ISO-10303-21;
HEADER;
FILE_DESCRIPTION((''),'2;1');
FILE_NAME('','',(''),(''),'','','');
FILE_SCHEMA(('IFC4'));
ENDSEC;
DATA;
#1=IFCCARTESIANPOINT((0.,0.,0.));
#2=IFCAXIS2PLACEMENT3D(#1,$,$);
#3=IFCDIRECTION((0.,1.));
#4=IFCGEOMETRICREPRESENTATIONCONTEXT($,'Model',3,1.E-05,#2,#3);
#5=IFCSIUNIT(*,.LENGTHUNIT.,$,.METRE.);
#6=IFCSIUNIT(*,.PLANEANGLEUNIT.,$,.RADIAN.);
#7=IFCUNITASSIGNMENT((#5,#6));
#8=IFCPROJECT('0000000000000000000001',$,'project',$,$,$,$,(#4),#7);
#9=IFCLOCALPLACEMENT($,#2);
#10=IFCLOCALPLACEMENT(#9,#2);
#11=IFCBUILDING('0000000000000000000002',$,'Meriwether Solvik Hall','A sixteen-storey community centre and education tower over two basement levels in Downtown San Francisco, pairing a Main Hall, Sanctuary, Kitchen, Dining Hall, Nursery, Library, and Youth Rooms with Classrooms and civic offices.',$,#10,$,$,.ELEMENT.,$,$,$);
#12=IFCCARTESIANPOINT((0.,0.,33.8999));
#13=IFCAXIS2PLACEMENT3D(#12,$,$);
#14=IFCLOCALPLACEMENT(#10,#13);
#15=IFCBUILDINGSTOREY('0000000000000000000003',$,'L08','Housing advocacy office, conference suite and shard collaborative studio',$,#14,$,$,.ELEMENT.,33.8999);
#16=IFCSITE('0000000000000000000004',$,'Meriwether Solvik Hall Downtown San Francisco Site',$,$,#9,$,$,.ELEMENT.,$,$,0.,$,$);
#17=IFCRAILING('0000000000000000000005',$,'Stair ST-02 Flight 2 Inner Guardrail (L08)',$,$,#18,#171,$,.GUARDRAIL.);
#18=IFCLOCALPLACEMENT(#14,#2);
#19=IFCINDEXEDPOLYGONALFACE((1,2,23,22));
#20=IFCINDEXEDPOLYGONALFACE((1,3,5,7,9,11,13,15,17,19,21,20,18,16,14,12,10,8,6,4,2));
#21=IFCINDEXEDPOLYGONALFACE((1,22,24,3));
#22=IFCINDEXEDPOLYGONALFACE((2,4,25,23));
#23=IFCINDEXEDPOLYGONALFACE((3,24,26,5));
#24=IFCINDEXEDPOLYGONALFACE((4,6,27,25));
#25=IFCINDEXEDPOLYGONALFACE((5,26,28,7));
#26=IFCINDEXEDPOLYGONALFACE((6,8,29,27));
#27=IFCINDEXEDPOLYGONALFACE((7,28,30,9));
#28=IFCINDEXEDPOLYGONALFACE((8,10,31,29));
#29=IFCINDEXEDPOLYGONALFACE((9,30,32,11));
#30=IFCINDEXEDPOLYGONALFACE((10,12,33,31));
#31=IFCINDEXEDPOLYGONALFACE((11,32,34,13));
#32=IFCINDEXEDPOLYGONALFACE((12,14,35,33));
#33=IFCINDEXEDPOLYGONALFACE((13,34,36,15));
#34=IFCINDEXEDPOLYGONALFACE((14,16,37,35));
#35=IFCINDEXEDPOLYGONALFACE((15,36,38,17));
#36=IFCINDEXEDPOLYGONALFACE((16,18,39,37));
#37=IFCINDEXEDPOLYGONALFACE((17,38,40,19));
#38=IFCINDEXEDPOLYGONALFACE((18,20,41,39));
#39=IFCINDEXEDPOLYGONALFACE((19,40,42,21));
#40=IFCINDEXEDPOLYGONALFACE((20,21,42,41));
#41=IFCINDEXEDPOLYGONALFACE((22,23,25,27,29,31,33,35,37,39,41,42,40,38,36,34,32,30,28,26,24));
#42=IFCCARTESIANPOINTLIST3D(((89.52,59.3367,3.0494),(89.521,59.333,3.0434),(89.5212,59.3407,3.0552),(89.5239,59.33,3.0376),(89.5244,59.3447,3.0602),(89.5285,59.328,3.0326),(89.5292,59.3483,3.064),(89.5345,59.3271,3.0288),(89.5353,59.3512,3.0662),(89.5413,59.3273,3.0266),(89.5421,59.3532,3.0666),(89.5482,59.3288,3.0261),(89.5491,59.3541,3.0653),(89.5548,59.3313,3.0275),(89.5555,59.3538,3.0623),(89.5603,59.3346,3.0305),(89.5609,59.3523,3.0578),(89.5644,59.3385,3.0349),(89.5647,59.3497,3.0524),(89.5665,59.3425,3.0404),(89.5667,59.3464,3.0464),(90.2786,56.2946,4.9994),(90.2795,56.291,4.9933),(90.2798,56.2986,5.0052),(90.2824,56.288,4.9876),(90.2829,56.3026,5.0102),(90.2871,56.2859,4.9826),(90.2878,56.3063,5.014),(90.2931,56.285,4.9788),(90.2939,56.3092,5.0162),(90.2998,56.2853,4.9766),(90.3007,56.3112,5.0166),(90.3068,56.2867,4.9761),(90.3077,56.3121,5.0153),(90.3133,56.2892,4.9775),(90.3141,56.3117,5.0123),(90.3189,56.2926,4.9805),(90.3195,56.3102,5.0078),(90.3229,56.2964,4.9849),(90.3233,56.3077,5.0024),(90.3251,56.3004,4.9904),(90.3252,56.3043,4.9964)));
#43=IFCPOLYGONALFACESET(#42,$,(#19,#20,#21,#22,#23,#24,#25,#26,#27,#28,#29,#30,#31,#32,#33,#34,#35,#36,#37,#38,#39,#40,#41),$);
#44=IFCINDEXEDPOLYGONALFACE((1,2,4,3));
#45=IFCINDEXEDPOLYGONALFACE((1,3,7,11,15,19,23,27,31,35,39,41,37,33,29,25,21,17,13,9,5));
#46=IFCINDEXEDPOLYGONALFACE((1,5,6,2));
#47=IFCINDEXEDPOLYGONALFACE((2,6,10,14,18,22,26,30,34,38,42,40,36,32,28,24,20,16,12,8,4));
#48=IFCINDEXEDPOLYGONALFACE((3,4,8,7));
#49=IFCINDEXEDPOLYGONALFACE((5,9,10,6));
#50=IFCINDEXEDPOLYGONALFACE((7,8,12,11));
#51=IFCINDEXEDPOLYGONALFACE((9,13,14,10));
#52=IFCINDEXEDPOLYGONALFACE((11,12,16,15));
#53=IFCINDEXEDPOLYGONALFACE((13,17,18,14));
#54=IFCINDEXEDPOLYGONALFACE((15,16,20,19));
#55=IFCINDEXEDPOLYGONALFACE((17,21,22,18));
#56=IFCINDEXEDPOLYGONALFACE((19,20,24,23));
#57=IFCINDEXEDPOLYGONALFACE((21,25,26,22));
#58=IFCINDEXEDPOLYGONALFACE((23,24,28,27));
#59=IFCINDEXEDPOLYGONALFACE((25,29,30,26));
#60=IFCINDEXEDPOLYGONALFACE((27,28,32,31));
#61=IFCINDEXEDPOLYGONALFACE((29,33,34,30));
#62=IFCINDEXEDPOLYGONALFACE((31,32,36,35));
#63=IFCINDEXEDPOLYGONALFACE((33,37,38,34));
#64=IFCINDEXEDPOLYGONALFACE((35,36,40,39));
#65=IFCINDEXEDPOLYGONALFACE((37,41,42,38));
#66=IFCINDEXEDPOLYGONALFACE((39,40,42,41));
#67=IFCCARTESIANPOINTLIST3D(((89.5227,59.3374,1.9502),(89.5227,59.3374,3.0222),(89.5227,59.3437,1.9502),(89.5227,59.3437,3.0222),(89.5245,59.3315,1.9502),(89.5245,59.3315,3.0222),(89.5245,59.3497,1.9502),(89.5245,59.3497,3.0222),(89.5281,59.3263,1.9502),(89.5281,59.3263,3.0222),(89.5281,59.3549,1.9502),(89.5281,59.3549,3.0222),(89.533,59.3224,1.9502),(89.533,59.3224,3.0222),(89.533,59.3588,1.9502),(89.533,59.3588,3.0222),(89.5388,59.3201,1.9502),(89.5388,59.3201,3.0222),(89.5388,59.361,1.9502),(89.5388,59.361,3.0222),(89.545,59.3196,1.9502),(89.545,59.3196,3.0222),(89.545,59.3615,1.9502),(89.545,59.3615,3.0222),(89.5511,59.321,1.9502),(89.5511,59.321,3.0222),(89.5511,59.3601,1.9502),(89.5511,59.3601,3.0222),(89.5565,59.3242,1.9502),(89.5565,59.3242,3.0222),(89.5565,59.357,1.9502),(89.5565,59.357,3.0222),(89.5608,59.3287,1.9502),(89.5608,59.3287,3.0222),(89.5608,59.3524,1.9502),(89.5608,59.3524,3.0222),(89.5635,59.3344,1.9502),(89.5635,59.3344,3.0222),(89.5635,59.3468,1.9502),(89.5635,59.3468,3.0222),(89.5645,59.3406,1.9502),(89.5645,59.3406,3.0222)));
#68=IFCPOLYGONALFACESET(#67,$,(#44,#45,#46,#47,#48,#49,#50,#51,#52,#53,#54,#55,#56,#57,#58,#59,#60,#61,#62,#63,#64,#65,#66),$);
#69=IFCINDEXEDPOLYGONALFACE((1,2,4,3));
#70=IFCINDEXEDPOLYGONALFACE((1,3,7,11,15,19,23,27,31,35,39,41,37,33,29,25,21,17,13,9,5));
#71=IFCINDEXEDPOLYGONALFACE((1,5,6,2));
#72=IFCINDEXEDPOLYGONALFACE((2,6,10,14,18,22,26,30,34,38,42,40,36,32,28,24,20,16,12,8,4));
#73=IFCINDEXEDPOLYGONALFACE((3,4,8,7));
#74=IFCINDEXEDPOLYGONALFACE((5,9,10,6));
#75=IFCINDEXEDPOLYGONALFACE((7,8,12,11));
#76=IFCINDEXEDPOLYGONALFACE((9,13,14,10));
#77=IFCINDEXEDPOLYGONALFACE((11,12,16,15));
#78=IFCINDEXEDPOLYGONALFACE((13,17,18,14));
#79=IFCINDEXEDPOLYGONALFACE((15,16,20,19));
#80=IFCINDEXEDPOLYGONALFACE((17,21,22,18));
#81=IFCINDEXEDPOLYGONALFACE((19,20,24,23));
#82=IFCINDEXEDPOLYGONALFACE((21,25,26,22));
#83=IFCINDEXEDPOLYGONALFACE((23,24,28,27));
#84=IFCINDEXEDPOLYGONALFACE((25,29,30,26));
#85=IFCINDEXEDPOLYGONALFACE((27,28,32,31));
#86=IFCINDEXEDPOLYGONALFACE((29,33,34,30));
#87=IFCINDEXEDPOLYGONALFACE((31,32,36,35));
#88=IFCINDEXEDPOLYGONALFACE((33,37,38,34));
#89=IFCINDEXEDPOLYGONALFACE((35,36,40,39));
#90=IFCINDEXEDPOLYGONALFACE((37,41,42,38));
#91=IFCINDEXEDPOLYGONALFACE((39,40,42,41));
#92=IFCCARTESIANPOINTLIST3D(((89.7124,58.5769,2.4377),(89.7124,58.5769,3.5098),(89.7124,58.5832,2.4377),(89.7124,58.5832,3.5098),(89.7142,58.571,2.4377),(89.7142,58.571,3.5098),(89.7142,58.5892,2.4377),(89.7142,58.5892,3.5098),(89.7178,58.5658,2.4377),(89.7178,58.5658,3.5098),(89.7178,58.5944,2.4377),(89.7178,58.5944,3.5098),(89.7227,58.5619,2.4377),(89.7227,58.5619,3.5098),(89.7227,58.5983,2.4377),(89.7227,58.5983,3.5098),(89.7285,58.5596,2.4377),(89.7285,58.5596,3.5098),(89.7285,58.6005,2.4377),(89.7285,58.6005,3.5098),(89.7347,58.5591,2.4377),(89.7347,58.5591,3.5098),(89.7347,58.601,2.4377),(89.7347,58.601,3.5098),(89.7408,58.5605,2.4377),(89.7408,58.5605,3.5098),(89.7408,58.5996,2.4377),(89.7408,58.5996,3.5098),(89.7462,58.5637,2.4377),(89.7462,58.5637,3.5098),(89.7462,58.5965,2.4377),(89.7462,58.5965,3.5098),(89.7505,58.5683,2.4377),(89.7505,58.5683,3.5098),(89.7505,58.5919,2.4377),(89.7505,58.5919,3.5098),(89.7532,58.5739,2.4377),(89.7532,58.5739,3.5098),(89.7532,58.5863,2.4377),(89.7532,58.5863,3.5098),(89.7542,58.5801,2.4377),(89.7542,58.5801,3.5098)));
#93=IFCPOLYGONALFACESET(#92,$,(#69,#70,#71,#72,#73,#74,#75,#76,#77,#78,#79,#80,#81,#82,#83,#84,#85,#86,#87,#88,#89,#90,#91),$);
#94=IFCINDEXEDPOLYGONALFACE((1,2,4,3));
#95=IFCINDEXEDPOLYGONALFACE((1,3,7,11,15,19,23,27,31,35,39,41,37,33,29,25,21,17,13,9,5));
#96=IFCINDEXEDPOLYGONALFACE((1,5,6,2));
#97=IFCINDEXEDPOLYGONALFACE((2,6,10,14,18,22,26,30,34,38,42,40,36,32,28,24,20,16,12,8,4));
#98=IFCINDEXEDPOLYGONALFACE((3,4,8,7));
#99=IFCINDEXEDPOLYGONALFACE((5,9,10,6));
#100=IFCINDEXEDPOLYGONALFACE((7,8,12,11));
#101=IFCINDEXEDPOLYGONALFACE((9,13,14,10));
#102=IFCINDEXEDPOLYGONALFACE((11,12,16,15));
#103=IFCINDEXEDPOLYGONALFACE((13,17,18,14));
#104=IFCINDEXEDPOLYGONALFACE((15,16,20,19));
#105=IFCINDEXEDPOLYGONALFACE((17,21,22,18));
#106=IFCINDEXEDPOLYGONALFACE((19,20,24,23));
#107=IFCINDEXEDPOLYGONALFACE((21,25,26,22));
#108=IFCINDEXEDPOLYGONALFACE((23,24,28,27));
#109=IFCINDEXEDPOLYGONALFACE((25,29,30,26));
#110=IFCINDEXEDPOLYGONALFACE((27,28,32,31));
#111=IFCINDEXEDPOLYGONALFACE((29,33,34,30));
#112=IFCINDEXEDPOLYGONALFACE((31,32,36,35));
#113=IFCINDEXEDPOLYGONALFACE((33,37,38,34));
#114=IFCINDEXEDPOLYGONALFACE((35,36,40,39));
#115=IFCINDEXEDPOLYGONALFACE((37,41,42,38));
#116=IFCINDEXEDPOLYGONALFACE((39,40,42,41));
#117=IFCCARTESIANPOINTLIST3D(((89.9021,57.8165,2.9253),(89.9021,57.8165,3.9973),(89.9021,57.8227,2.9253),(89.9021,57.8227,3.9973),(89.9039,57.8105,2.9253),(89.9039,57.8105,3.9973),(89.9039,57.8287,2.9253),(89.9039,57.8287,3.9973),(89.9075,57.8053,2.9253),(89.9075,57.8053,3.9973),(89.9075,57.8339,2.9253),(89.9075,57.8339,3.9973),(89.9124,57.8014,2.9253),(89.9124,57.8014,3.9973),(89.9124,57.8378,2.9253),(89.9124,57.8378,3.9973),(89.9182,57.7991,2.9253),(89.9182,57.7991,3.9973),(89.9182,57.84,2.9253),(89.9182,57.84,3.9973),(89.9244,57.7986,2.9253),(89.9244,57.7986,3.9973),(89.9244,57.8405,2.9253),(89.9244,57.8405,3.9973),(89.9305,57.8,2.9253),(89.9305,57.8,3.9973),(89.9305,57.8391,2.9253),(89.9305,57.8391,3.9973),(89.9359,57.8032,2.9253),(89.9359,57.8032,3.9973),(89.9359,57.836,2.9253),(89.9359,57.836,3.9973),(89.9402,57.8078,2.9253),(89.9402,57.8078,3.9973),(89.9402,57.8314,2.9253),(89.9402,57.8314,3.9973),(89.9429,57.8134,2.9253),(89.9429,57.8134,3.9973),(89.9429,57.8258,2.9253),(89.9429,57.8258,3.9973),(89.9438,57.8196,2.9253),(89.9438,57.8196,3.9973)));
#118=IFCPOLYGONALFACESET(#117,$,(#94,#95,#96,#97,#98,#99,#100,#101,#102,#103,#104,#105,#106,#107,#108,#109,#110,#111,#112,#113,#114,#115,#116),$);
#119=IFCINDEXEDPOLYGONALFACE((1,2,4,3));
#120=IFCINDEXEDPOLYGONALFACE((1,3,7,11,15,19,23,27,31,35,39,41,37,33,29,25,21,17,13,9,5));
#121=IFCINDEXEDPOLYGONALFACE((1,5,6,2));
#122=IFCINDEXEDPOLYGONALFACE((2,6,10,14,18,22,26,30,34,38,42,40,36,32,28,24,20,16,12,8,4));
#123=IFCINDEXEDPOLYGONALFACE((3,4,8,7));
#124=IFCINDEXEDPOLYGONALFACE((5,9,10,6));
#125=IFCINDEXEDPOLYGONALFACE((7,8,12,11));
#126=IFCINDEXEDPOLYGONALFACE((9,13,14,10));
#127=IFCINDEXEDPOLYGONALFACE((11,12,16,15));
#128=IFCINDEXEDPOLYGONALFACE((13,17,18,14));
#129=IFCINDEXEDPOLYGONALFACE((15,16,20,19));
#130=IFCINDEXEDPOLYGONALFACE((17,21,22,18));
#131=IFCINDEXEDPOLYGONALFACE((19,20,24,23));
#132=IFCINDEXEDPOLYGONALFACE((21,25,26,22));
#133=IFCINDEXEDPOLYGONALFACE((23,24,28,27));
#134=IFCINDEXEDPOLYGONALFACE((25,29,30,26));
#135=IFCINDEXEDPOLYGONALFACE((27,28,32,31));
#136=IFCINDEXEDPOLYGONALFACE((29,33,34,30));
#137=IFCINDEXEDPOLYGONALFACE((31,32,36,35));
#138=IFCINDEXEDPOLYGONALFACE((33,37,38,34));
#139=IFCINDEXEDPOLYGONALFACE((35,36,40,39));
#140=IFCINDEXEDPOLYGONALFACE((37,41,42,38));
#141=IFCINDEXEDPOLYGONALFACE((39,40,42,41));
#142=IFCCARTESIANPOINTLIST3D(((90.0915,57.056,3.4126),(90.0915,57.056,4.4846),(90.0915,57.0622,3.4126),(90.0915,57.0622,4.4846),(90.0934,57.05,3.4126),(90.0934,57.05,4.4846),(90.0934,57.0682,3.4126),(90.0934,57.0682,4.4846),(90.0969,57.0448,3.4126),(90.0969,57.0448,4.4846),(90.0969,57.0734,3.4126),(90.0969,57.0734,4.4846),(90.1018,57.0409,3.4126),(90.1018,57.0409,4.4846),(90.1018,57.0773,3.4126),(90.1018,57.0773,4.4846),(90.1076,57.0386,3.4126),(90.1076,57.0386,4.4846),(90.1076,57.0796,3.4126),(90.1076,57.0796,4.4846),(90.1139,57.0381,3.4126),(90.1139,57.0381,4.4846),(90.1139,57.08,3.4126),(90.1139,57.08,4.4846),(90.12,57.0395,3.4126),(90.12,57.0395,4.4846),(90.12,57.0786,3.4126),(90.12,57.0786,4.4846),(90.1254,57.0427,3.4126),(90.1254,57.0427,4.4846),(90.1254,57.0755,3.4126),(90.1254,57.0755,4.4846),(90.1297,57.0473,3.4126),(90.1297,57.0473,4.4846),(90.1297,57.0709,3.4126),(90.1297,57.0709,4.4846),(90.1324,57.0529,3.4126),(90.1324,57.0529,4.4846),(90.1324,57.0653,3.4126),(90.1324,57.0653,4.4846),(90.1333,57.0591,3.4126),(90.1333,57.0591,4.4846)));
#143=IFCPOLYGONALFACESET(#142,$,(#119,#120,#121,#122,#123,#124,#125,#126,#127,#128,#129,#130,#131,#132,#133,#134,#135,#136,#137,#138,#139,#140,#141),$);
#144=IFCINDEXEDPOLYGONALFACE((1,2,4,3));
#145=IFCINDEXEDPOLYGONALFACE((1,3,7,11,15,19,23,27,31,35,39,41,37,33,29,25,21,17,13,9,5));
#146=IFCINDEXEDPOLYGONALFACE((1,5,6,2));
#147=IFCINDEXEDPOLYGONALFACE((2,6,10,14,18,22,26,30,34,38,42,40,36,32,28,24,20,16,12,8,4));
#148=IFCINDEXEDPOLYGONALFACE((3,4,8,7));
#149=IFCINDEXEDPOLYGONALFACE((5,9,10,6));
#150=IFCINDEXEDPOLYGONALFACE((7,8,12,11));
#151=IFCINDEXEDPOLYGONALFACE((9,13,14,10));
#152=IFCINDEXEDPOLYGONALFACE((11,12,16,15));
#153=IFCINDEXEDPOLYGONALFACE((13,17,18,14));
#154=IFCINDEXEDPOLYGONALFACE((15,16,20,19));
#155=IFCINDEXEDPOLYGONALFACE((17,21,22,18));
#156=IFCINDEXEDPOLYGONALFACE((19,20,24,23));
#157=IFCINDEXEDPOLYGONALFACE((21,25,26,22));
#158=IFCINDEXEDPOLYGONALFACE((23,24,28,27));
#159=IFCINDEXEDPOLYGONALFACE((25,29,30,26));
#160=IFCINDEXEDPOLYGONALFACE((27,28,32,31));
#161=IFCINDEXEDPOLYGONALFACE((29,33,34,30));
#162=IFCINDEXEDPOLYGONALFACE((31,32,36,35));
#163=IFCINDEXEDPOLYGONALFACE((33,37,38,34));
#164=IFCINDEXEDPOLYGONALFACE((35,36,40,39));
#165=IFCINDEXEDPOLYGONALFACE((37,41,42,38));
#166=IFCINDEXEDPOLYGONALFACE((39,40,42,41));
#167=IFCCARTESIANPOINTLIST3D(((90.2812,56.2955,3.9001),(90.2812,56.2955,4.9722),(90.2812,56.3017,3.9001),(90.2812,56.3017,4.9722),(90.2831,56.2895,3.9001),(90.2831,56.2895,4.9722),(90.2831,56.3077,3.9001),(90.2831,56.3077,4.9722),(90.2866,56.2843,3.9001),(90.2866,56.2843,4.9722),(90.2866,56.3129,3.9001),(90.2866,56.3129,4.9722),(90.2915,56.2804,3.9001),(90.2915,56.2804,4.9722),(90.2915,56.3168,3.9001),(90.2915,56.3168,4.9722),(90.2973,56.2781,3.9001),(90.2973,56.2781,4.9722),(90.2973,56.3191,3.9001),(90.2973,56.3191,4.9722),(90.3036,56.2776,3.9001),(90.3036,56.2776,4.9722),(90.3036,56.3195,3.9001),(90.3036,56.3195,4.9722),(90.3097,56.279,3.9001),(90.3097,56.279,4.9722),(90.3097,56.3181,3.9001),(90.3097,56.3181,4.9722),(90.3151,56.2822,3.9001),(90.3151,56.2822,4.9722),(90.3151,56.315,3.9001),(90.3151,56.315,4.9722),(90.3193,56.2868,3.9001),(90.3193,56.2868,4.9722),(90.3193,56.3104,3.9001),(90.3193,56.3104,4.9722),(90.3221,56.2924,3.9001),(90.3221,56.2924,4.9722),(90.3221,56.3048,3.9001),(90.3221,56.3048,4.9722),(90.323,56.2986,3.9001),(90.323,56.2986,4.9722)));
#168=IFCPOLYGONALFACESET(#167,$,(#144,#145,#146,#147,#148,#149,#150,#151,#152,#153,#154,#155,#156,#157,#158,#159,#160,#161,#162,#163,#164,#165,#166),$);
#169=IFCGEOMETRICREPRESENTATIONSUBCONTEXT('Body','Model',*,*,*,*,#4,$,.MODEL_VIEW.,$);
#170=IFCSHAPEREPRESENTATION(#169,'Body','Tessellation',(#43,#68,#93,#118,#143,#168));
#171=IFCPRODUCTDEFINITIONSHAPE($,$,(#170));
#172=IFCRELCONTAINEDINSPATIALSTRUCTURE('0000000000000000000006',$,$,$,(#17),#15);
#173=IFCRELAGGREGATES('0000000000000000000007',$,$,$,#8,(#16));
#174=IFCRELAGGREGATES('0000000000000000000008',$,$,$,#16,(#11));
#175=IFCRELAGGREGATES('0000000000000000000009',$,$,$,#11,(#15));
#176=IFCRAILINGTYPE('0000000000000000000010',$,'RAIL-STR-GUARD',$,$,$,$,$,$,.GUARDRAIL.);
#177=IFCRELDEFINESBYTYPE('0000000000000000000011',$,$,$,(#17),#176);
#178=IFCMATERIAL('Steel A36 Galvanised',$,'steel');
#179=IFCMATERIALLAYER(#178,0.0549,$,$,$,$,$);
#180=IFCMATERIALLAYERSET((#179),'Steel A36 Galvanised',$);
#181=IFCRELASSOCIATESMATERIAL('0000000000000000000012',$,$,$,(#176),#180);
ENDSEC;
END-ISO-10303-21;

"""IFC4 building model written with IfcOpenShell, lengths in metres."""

from ifc_helpers import new_model, si_unit, direction, frame, origin, origin_2d, place, context, subcontext, project, spatial, circle, extrude, material, layer, layer_set, type_object, element, save


model = new_model("IFC4")

# Units and contexts
model_context = context("Model", 3, precision=1e-05, world=origin(), true_north=direction((0.0, 1.0)))
body_context = subcontext(model_context, "Body", "Model", "MODEL_VIEW")
ifc_project = project(units=[si_unit("LENGTHUNIT", "METRE"), si_unit("PLANEANGLEUNIT", "RADIAN")], contexts=[model_context])

# Site, building, storey
site_placement = place(None, origin())
site = spatial("IfcSite", under=ifc_project, at=site_placement, Name="Meriwether Solvik Hall Downtown San Francisco Site", CompositionType="ELEMENT", RefElevation=0.0)
building_placement = place(site_placement, origin())
building = spatial("IfcBuilding", under=site, at=building_placement, Name="Meriwether Solvik Hall", Description="A sixteen-storey community centre and education tower over two basement levels in Downtown San Francisco, pairing a Main Hall, Sanctuary, Kitchen, Dining Hall, Nursery, Library, and Youth Rooms with Classrooms and civic offices.", CompositionType="ELEMENT")
storey_placement = place(building_placement, frame((0.0, 0.0, 33.8999)))
storey = spatial("IfcBuildingStorey", under=building, at=storey_placement, Name="L08", Description="Housing advocacy office, conference suite and shard collaborative studio", CompositionType="ELEMENT", Elevation=33.8999)

# Railing
ifc_material_1 = material(Name="Steel A36 Galvanised", Category="steel")
ifc_layer_1 = layer(ifc_material_1, 0.0549)
ifc_layer_set_1 = layer_set([ifc_layer_1], Name="Steel A36 Galvanised")
railing_type_1 = type_object("IfcRailingType", Name="RAIL-STR-GUARD", PredefinedType="GUARDRAIL", material=ifc_layer_set_1)
railing_1_placement = place(storey_placement, frame((89.5435, 59.3406, 1.9502)))
element("IfcRailing", 1, at=railing_1_placement, inside=storey, type_object=railing_type_1, Name="Stair ST-02 Flight 2 Inner Guardrail (L08)", PredefinedType="GUARDRAIL", context=body_context, shape_type="SweptSolid", body=[
    extrude(circle(Radius=0.0239, at=origin_2d()), frame((0.0, 0.0, 1.0962), z_axis=(0.205452, -0.823925, 0.528145), x_axis=(0.970289, 0.241949, 0.0)), (0.0, 0.0, 1.0), 3.6921),
    extrude(circle(Radius=0.021, at=origin_2d()), origin(), (0.0, 0.0, 1.0), 1.072),
    extrude(circle(Radius=0.021, at=origin_2d()), frame((0.1897, -0.7605, 0.4875)), (0.0, 0.0, 1.0), 1.072),
    extrude(circle(Radius=0.021, at=origin_2d()), frame((0.3794, -1.521, 0.9751)), (0.0, 0.0, 1.0), 1.072),
    extrude(circle(Radius=0.021, at=origin_2d()), frame((0.5688, -2.2815, 1.4624)), (0.0, 0.0, 1.0), 1.072),
    extrude(circle(Radius=0.021, at=origin_2d()), frame((0.7585, -3.042, 1.95)), (0.0, 0.0, 1.0), 1.072),
])

save(model, "model.ifc")
